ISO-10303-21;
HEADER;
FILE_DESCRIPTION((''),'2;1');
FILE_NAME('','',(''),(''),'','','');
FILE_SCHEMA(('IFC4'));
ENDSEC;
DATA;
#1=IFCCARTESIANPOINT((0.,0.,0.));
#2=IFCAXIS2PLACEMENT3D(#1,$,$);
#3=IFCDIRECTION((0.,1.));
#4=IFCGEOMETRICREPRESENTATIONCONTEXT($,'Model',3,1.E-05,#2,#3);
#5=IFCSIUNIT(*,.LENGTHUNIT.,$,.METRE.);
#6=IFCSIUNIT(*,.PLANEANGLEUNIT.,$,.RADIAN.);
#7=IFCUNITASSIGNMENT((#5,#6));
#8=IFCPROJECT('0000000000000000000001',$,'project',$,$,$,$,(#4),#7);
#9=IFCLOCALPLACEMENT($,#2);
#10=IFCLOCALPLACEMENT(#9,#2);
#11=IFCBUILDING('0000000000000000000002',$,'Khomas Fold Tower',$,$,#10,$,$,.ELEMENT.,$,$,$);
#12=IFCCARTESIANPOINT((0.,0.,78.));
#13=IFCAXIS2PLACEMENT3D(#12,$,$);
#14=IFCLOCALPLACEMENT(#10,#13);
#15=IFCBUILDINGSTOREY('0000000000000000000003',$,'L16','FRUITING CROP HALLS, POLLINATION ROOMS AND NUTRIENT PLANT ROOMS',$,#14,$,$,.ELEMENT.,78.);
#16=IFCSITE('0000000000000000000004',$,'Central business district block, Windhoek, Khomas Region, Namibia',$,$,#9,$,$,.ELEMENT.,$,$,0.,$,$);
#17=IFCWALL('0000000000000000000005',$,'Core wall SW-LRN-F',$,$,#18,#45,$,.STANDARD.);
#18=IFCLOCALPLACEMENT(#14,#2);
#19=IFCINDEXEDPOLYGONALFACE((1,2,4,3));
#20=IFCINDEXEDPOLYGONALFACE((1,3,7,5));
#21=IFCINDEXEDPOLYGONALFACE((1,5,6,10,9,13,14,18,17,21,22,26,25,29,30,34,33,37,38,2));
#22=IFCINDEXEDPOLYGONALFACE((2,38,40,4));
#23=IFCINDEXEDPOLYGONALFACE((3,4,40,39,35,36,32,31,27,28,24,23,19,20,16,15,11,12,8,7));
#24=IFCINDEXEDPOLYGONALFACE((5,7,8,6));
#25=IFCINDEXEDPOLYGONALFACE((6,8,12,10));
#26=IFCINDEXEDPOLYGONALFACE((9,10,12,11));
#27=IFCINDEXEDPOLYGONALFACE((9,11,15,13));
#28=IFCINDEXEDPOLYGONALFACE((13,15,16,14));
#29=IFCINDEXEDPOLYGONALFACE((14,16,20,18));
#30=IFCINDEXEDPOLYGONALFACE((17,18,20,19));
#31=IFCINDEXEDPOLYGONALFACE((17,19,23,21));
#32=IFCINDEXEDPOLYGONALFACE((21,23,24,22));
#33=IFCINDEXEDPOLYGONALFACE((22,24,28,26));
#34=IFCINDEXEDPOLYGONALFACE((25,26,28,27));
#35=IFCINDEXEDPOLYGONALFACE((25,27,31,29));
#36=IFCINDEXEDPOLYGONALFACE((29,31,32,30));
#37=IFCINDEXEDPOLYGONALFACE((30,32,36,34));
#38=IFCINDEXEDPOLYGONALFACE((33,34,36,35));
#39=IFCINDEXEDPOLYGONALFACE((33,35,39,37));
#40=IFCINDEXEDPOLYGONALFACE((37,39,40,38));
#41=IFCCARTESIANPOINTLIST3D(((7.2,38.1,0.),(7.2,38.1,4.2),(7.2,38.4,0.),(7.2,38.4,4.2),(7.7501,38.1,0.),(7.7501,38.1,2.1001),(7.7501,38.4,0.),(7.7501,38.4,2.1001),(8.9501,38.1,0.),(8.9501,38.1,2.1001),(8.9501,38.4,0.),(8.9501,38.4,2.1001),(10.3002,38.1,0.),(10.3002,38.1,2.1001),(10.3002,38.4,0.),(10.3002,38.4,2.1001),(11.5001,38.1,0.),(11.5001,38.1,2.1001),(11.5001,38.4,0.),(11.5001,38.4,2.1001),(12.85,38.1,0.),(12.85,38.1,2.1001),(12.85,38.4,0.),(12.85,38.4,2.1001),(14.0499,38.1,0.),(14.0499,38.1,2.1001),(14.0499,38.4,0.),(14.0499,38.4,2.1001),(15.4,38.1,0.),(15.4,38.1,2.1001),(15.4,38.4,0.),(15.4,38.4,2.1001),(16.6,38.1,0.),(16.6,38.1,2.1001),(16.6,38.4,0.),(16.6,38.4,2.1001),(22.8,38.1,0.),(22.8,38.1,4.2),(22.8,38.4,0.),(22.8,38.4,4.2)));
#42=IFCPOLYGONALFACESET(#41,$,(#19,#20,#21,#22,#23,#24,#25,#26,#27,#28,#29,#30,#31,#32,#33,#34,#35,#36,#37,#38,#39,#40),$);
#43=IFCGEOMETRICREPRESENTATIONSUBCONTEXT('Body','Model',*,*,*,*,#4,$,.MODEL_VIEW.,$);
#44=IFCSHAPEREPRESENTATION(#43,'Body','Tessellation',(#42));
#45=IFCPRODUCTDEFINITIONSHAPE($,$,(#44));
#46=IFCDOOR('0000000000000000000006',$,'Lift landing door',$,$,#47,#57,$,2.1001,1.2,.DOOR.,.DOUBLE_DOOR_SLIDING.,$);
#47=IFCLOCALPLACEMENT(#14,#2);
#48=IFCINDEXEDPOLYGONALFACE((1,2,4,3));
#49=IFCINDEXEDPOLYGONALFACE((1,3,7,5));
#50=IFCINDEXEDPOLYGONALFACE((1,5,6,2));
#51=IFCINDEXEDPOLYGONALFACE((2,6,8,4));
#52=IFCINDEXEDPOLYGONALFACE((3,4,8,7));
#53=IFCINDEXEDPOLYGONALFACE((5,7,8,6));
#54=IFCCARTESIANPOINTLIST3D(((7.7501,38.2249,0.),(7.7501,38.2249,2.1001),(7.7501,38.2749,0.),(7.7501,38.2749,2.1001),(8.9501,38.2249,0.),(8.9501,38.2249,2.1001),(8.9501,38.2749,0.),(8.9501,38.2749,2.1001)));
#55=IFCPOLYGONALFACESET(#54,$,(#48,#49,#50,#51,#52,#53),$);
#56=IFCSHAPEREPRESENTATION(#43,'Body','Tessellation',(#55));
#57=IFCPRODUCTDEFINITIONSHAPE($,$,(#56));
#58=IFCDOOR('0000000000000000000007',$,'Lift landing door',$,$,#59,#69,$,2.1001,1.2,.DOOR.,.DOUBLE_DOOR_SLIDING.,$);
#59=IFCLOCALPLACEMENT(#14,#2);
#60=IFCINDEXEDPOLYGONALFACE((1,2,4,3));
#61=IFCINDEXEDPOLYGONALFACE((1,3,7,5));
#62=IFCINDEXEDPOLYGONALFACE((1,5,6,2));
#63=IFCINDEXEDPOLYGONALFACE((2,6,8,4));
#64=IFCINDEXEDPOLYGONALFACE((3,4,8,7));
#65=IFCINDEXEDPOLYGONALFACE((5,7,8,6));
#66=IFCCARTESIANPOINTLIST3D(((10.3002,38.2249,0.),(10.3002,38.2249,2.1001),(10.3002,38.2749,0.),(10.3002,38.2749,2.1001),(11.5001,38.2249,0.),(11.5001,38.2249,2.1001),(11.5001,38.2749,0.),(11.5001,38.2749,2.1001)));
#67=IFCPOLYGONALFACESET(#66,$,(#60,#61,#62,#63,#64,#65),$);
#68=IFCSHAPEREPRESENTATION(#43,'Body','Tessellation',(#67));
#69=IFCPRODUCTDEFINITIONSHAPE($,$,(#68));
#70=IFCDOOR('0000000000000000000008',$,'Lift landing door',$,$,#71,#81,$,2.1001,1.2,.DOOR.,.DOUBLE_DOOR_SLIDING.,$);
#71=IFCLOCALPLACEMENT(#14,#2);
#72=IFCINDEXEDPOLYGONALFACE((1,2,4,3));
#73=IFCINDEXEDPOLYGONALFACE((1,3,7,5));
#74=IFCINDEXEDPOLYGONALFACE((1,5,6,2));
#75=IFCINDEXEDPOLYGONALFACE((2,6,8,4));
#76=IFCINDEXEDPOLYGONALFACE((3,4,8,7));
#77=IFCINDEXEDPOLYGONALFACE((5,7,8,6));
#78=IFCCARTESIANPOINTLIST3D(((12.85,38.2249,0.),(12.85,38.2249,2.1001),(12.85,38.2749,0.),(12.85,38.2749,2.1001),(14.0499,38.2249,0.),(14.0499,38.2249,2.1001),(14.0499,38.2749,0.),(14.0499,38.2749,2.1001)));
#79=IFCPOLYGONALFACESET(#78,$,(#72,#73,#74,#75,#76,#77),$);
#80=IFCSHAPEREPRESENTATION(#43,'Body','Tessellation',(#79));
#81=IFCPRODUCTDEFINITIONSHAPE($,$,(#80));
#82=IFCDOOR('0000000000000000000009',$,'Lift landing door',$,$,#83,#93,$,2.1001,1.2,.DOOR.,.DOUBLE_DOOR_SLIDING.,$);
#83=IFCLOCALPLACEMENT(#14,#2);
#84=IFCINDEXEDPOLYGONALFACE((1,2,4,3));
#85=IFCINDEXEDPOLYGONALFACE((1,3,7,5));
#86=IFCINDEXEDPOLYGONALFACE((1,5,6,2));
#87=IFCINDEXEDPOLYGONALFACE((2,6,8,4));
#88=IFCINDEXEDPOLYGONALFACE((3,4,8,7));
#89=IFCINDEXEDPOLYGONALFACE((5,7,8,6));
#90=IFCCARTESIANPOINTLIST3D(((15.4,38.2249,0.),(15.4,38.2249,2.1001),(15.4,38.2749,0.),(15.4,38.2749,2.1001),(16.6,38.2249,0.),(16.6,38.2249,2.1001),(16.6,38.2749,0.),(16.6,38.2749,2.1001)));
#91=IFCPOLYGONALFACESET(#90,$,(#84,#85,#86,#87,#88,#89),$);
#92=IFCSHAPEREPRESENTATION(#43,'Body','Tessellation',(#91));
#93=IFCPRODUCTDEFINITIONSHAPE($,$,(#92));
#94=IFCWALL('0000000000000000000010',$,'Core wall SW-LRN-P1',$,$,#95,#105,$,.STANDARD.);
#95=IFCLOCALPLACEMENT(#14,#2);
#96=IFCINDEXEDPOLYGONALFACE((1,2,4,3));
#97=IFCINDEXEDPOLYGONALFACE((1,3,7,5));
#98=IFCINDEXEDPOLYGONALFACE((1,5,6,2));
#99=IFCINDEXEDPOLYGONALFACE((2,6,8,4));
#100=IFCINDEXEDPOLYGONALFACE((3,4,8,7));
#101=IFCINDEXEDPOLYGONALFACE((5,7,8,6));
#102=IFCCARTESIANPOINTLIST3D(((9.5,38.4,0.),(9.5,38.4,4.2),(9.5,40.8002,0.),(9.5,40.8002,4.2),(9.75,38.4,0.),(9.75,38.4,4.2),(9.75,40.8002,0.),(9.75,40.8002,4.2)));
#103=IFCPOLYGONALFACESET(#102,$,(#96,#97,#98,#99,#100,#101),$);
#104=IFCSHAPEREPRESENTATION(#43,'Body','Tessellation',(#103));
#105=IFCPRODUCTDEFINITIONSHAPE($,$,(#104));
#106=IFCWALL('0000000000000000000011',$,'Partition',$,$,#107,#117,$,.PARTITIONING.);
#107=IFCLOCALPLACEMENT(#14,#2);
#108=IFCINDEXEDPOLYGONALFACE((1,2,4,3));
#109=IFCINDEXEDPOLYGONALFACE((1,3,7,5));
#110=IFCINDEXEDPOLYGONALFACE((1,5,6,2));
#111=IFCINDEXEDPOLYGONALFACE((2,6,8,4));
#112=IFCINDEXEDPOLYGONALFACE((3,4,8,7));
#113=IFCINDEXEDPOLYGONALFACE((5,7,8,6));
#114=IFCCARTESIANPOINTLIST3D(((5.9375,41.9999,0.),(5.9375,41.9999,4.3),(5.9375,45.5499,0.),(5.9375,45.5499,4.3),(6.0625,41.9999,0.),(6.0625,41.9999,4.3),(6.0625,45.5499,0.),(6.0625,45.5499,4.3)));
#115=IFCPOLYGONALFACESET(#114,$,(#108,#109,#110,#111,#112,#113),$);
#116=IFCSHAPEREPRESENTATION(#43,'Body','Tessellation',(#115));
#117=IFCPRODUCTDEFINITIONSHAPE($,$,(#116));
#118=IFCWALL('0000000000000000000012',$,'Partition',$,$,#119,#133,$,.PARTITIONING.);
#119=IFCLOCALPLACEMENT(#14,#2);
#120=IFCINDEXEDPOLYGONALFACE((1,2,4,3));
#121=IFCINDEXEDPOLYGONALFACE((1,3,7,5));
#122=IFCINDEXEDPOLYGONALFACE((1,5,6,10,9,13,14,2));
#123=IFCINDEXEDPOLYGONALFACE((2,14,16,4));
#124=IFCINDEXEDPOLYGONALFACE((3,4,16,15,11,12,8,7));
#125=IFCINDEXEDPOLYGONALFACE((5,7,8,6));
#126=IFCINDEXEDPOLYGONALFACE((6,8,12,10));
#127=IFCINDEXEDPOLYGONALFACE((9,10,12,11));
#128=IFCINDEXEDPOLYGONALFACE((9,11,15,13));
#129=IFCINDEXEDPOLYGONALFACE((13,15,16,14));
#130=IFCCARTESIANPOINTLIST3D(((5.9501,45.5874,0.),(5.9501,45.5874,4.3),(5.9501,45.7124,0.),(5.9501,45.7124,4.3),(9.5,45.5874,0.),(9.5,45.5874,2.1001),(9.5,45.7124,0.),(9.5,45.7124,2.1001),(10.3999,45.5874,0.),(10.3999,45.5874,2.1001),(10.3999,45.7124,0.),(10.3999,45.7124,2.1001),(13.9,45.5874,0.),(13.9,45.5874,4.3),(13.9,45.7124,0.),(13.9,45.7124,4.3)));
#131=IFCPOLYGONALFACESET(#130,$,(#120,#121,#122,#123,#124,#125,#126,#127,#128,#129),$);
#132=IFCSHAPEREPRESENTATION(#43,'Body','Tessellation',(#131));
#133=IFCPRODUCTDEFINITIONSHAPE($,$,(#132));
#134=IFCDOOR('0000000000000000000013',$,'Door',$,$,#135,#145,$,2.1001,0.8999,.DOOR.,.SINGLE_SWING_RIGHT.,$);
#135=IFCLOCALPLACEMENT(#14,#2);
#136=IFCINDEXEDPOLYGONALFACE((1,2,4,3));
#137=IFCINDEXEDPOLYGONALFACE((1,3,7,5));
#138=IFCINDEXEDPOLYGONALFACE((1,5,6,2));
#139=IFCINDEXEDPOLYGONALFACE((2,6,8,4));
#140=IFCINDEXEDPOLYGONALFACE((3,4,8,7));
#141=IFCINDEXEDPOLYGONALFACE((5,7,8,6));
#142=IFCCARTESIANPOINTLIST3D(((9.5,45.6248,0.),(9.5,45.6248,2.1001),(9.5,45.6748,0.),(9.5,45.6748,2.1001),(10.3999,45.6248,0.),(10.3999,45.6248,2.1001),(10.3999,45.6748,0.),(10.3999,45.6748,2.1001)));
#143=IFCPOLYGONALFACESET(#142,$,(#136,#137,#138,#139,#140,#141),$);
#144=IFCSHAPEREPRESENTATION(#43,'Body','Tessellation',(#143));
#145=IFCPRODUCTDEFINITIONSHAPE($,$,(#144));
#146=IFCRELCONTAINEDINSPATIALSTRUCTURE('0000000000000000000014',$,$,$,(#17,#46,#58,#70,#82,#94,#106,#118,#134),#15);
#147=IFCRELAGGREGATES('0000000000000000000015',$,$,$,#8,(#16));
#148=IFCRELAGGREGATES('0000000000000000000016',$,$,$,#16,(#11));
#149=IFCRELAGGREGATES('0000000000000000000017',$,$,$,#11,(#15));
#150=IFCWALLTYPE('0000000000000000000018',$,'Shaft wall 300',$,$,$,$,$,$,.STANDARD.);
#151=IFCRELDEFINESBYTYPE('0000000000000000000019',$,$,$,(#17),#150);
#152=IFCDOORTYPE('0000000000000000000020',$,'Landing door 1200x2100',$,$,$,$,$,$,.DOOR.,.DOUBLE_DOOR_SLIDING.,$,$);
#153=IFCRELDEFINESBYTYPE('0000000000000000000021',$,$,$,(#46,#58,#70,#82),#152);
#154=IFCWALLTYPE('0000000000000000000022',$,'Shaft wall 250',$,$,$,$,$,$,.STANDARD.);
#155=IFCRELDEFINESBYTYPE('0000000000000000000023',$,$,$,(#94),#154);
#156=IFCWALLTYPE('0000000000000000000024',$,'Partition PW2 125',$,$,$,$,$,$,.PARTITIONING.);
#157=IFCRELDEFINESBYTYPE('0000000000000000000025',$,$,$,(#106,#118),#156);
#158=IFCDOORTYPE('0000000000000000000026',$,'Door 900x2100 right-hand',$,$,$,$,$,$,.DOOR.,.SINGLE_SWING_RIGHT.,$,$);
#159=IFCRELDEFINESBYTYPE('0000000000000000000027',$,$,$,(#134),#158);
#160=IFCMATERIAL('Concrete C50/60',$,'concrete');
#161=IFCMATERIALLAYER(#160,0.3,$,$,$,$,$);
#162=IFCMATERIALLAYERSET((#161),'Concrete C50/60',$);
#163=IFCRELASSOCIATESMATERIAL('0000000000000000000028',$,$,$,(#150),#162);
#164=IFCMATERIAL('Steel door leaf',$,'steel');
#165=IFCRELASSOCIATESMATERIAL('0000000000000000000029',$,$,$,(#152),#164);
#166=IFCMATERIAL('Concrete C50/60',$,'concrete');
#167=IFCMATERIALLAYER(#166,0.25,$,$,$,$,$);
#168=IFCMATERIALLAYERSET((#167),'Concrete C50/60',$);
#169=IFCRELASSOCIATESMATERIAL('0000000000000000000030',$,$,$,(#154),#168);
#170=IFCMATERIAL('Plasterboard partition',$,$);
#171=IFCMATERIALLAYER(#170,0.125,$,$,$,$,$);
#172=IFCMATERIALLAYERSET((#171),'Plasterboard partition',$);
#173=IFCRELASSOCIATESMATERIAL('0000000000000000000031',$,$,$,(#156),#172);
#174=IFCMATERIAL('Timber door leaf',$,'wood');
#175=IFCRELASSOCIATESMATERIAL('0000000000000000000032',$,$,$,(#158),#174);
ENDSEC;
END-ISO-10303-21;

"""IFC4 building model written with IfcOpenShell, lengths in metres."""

from ifc_helpers import new_model, si_unit, direction, frame, frame_2d, origin, place, context, subcontext, project, spatial, rectangle, extrude, source, transform, mapped, material, layer, layer_set, type_object, element, fill, save


model = new_model("IFC4")

# Units and contexts
model_context = context("Model", 3, precision=1e-05, world=origin(), true_north=direction((0.0, 1.0)))
body_context = subcontext(model_context, "Body", "Model", "MODEL_VIEW")
ifc_project = project(units=[si_unit("LENGTHUNIT", "METRE"), si_unit("PLANEANGLEUNIT", "RADIAN")], contexts=[model_context])

# Site, building, storey
site_placement = place(None, origin())
site = spatial("IfcSite", under=ifc_project, at=site_placement, Name="Central business district block, Windhoek, Khomas Region, Namibia", CompositionType="ELEMENT", RefElevation=0.0)
building_placement = place(site_placement, origin())
building = spatial("IfcBuilding", under=site, at=building_placement, Name="Khomas Fold Tower", CompositionType="ELEMENT")
storey_placement = place(building_placement, frame((0.0, 0.0, 78.0)))
storey = spatial("IfcBuildingStorey", under=building, at=storey_placement, Name="L16", Description="FRUITING CROP HALLS, POLLINATION ROOMS AND NUTRIENT PLANT ROOMS", CompositionType="ELEMENT", Elevation=78.0)

# Wall, openings, doors
ifc_material_1 = material(Name="Concrete C50/60", Category="concrete")
ifc_layer_1 = layer(ifc_material_1, 0.3)
ifc_layer_set_1 = layer_set([ifc_layer_1], Name="Concrete C50/60")
wall_type_1 = type_object("IfcWallType", Name="Shaft wall 300", PredefinedType="STANDARD", material=ifc_layer_set_1)
shared_shape_1 = source(origin(), body_context, "Body", "SweptSolid", [
    extrude(rectangle(XDim=15.6001, YDim=0.3, at=frame_2d((7.8, 0.0))), origin(), (0.0, 0.0, 1.0), 4.2),
])
wall_1_placement = place(storey_placement, frame((7.2, 38.25, 0.0), z_axis=(0.0, 0.0, 1.0), x_axis=(1.0, 0.0, 0.0)))
wall_1 = element("IfcWall", 1, at=wall_1_placement, inside=storey, type_object=wall_type_1, Name="Core wall SW-LRN-F", PredefinedType="STANDARD", context=body_context, shape_type="MappedRepresentation", body=[
    mapped(shared_shape_1, transform((0.0, 0.0, 0.0))),
])
shared_shape_2 = source(origin(), body_context, "Body", "SweptSolid", [
    extrude(rectangle(XDim=1.2, YDim=2.1001, at=frame_2d((0.6001, 1.05))), frame((0.0, 0.1599, 0.0), z_axis=(0.0, -1.0, 0.0), x_axis=(1.0, 0.0, 0.0)), (0.0, 0.0, 1.0), 0.3201),
])
opening_1_placement = place(wall_1_placement, frame((0.55, 0.0, 0.0)))
opening_1 = element("IfcOpeningElement", 2, at=opening_1_placement, cuts=wall_1, PredefinedType="OPENING", context=body_context, shape_type="MappedRepresentation", body=[
    mapped(shared_shape_2, transform((0.0, 0.0, 0.0))),
])
opening_2_placement = place(wall_1_placement, frame((3.1001, 0.0, 0.0)))
opening_2 = element("IfcOpeningElement", 3, at=opening_2_placement, cuts=wall_1, PredefinedType="OPENING", context=body_context, shape_type="MappedRepresentation", body=[
    mapped(shared_shape_2, transform((0.0, 0.0, 0.0))),
])
opening_3_placement = place(wall_1_placement, frame((5.6499, 0.0, 0.0)))
opening_3 = element("IfcOpeningElement", 4, at=opening_3_placement, cuts=wall_1, PredefinedType="OPENING", context=body_context, shape_type="MappedRepresentation", body=[
    mapped(shared_shape_2, transform((0.0, 0.0, 0.0))),
])
opening_4_placement = place(wall_1_placement, frame((8.2, 0.0, 0.0)))
opening_4 = element("IfcOpeningElement", 5, at=opening_4_placement, cuts=wall_1, PredefinedType="OPENING", context=body_context, shape_type="MappedRepresentation", body=[
    mapped(shared_shape_2, transform((0.0, 0.0, 0.0))),
])
ifc_material_2 = material(Name="Steel door leaf", Category="steel")
door_type_1 = type_object("IfcDoorType", Name="Landing door 1200x2100", OperationType="DOUBLE_DOOR_SLIDING", PredefinedType="DOOR", material=ifc_material_2)
shared_shape_3 = source(origin(), body_context, "Body", "SweptSolid", [
    extrude(rectangle(XDim=1.2, YDim=2.1001, at=frame_2d((0.6001, 1.05))), frame((0.0, 0.0249, 0.0), z_axis=(0.0, -1.0, 0.0), x_axis=(1.0, 0.0, 0.0)), (0.0, 0.0, 1.0), 0.05),
])
door_1_placement = place(opening_1_placement, origin())
door_1 = element("IfcDoor", 6, at=door_1_placement, inside=storey, type_object=door_type_1, Name="Lift landing door", OperationType="DOUBLE_DOOR_SLIDING", OverallHeight=2.1001, OverallWidth=1.2, PredefinedType="DOOR", context=body_context, shape_type="MappedRepresentation", body=[
    mapped(shared_shape_3, transform((0.0, 0.0, 0.0))),
])
fill(opening_1, door_1)
door_2_placement = place(opening_2_placement, origin())
door_2 = element("IfcDoor", 7, at=door_2_placement, inside=storey, type_object=door_type_1, Name="Lift landing door", OperationType="DOUBLE_DOOR_SLIDING", OverallHeight=2.1001, OverallWidth=1.2, PredefinedType="DOOR", context=body_context, shape_type="MappedRepresentation", body=[
    mapped(shared_shape_3, transform((0.0, 0.0, 0.0))),
])
fill(opening_2, door_2)
door_3_placement = place(opening_3_placement, origin())
door_3 = element("IfcDoor", 8, at=door_3_placement, inside=storey, type_object=door_type_1, Name="Lift landing door", OperationType="DOUBLE_DOOR_SLIDING", OverallHeight=2.1001, OverallWidth=1.2, PredefinedType="DOOR", context=body_context, shape_type="MappedRepresentation", body=[
    mapped(shared_shape_3, transform((0.0, 0.0, 0.0))),
])
fill(opening_3, door_3)
door_4_placement = place(opening_4_placement, origin())
door_4 = element("IfcDoor", 9, at=door_4_placement, inside=storey, type_object=door_type_1, Name="Lift landing door", OperationType="DOUBLE_DOOR_SLIDING", OverallHeight=2.1001, OverallWidth=1.2, PredefinedType="DOOR", context=body_context, shape_type="MappedRepresentation", body=[
    mapped(shared_shape_3, transform((0.0, 0.0, 0.0))),
])
fill(opening_4, door_4)

# Walls
ifc_material_3 = material(Name="Concrete C50/60", Category="concrete")
ifc_layer_2 = layer(ifc_material_3, 0.25)
ifc_layer_set_2 = layer_set([ifc_layer_2], Name="Concrete C50/60")
wall_type_2 = type_object("IfcWallType", Name="Shaft wall 250", PredefinedType="STANDARD", material=ifc_layer_set_2)
shared_shape_4 = source(origin(), body_context, "Body", "SweptSolid", [
    extrude(rectangle(XDim=2.4001, YDim=0.25, at=frame_2d((1.2002, 0.0))), origin(), (0.0, 0.0, 1.0), 4.2),
])
wall_2_placement = place(storey_placement, frame((9.625, 38.3999, 0.0), z_axis=(0.0, 0.0, 1.0), x_axis=(0.0, 1.0, 0.0)))
element("IfcWall", 10, at=wall_2_placement, inside=storey, type_object=wall_type_2, Name="Core wall SW-LRN-P1", PredefinedType="STANDARD", context=body_context, shape_type="MappedRepresentation", body=[
    mapped(shared_shape_4, transform((0.0, 0.0, 0.0))),
])
ifc_material_4 = material(Name="Plasterboard partition")
ifc_layer_3 = layer(ifc_material_4, 0.125)
ifc_layer_set_3 = layer_set([ifc_layer_3], Name="Plasterboard partition")
wall_type_3 = type_object("IfcWallType", Name="Partition PW2 125", PredefinedType="PARTITIONING", material=ifc_layer_set_3)
shared_shape_5 = source(origin(), body_context, "Body", "SweptSolid", [
    extrude(rectangle(XDim=3.55, YDim=0.125, at=frame_2d((1.7749, 0.0))), origin(), (0.0, 0.0, 1.0), 4.3),
])
wall_3_placement = place(storey_placement, frame((6.0, 42.0, 0.0), z_axis=(0.0, 0.0, 1.0), x_axis=(0.0, 1.0, 0.0)))
element("IfcWall", 11, at=wall_3_placement, inside=storey, type_object=wall_type_3, Name="Partition", PredefinedType="PARTITIONING", context=body_context, shape_type="MappedRepresentation", body=[
    mapped(shared_shape_5, transform((0.0, 0.0, 0.0))),
])

# Wall, opening, door
shared_shape_6 = source(origin(), body_context, "Body", "SweptSolid", [
    extrude(rectangle(XDim=7.95, YDim=0.125, at=frame_2d((3.9751, 0.0))), origin(), (0.0, 0.0, 1.0), 4.3),
])
wall_4_placement = place(storey_placement, frame((5.95, 45.6499, 0.0), z_axis=(0.0, 0.0, 1.0), x_axis=(1.0, 0.0, 0.0)))
wall_4 = element("IfcWall", 12, at=wall_4_placement, inside=storey, type_object=wall_type_3, Name="Partition", PredefinedType="PARTITIONING", context=body_context, shape_type="MappedRepresentation", body=[
    mapped(shared_shape_6, transform((0.0, 0.0, 0.0))),
])
shared_shape_7 = source(origin(), body_context, "Body", "SweptSolid", [
    extrude(rectangle(XDim=0.8999, YDim=2.1001, at=frame_2d((0.45, 1.05))), frame((0.0, 0.0725, 0.0), z_axis=(0.0, -1.0, 0.0), x_axis=(1.0, 0.0, 0.0)), (0.0, 0.0, 1.0), 0.145),
])
opening_5_placement = place(wall_4_placement, frame((3.55, 0.0, 0.0)))
opening_5 = element("IfcOpeningElement", 13, at=opening_5_placement, cuts=wall_4, PredefinedType="OPENING", context=body_context, shape_type="MappedRepresentation", body=[
    mapped(shared_shape_7, transform((0.0, 0.0, 0.0))),
])
ifc_material_5 = material(Name="Timber door leaf", Category="wood")
door_type_2 = type_object("IfcDoorType", Name="Door 900x2100 right-hand", OperationType="SINGLE_SWING_RIGHT", PredefinedType="DOOR", material=ifc_material_5)
shared_shape_8 = source(origin(), body_context, "Body", "SweptSolid", [
    extrude(rectangle(XDim=0.8999, YDim=2.1001, at=frame_2d((0.45, 1.05))), frame((0.0, 0.0249, 0.0), z_axis=(0.0, -1.0, 0.0), x_axis=(1.0, 0.0, 0.0)), (0.0, 0.0, 1.0), 0.05),
])
door_5_placement = place(opening_5_placement, origin())
door_5 = element("IfcDoor", 14, at=door_5_placement, inside=storey, type_object=door_type_2, Name="Door", OperationType="SINGLE_SWING_RIGHT", OverallHeight=2.1001, OverallWidth=0.8999, PredefinedType="DOOR", context=body_context, shape_type="MappedRepresentation", body=[
    mapped(shared_shape_8, transform((0.0, 0.0, 0.0))),
])
fill(opening_5, door_5)

save(model, "model.ifc")
